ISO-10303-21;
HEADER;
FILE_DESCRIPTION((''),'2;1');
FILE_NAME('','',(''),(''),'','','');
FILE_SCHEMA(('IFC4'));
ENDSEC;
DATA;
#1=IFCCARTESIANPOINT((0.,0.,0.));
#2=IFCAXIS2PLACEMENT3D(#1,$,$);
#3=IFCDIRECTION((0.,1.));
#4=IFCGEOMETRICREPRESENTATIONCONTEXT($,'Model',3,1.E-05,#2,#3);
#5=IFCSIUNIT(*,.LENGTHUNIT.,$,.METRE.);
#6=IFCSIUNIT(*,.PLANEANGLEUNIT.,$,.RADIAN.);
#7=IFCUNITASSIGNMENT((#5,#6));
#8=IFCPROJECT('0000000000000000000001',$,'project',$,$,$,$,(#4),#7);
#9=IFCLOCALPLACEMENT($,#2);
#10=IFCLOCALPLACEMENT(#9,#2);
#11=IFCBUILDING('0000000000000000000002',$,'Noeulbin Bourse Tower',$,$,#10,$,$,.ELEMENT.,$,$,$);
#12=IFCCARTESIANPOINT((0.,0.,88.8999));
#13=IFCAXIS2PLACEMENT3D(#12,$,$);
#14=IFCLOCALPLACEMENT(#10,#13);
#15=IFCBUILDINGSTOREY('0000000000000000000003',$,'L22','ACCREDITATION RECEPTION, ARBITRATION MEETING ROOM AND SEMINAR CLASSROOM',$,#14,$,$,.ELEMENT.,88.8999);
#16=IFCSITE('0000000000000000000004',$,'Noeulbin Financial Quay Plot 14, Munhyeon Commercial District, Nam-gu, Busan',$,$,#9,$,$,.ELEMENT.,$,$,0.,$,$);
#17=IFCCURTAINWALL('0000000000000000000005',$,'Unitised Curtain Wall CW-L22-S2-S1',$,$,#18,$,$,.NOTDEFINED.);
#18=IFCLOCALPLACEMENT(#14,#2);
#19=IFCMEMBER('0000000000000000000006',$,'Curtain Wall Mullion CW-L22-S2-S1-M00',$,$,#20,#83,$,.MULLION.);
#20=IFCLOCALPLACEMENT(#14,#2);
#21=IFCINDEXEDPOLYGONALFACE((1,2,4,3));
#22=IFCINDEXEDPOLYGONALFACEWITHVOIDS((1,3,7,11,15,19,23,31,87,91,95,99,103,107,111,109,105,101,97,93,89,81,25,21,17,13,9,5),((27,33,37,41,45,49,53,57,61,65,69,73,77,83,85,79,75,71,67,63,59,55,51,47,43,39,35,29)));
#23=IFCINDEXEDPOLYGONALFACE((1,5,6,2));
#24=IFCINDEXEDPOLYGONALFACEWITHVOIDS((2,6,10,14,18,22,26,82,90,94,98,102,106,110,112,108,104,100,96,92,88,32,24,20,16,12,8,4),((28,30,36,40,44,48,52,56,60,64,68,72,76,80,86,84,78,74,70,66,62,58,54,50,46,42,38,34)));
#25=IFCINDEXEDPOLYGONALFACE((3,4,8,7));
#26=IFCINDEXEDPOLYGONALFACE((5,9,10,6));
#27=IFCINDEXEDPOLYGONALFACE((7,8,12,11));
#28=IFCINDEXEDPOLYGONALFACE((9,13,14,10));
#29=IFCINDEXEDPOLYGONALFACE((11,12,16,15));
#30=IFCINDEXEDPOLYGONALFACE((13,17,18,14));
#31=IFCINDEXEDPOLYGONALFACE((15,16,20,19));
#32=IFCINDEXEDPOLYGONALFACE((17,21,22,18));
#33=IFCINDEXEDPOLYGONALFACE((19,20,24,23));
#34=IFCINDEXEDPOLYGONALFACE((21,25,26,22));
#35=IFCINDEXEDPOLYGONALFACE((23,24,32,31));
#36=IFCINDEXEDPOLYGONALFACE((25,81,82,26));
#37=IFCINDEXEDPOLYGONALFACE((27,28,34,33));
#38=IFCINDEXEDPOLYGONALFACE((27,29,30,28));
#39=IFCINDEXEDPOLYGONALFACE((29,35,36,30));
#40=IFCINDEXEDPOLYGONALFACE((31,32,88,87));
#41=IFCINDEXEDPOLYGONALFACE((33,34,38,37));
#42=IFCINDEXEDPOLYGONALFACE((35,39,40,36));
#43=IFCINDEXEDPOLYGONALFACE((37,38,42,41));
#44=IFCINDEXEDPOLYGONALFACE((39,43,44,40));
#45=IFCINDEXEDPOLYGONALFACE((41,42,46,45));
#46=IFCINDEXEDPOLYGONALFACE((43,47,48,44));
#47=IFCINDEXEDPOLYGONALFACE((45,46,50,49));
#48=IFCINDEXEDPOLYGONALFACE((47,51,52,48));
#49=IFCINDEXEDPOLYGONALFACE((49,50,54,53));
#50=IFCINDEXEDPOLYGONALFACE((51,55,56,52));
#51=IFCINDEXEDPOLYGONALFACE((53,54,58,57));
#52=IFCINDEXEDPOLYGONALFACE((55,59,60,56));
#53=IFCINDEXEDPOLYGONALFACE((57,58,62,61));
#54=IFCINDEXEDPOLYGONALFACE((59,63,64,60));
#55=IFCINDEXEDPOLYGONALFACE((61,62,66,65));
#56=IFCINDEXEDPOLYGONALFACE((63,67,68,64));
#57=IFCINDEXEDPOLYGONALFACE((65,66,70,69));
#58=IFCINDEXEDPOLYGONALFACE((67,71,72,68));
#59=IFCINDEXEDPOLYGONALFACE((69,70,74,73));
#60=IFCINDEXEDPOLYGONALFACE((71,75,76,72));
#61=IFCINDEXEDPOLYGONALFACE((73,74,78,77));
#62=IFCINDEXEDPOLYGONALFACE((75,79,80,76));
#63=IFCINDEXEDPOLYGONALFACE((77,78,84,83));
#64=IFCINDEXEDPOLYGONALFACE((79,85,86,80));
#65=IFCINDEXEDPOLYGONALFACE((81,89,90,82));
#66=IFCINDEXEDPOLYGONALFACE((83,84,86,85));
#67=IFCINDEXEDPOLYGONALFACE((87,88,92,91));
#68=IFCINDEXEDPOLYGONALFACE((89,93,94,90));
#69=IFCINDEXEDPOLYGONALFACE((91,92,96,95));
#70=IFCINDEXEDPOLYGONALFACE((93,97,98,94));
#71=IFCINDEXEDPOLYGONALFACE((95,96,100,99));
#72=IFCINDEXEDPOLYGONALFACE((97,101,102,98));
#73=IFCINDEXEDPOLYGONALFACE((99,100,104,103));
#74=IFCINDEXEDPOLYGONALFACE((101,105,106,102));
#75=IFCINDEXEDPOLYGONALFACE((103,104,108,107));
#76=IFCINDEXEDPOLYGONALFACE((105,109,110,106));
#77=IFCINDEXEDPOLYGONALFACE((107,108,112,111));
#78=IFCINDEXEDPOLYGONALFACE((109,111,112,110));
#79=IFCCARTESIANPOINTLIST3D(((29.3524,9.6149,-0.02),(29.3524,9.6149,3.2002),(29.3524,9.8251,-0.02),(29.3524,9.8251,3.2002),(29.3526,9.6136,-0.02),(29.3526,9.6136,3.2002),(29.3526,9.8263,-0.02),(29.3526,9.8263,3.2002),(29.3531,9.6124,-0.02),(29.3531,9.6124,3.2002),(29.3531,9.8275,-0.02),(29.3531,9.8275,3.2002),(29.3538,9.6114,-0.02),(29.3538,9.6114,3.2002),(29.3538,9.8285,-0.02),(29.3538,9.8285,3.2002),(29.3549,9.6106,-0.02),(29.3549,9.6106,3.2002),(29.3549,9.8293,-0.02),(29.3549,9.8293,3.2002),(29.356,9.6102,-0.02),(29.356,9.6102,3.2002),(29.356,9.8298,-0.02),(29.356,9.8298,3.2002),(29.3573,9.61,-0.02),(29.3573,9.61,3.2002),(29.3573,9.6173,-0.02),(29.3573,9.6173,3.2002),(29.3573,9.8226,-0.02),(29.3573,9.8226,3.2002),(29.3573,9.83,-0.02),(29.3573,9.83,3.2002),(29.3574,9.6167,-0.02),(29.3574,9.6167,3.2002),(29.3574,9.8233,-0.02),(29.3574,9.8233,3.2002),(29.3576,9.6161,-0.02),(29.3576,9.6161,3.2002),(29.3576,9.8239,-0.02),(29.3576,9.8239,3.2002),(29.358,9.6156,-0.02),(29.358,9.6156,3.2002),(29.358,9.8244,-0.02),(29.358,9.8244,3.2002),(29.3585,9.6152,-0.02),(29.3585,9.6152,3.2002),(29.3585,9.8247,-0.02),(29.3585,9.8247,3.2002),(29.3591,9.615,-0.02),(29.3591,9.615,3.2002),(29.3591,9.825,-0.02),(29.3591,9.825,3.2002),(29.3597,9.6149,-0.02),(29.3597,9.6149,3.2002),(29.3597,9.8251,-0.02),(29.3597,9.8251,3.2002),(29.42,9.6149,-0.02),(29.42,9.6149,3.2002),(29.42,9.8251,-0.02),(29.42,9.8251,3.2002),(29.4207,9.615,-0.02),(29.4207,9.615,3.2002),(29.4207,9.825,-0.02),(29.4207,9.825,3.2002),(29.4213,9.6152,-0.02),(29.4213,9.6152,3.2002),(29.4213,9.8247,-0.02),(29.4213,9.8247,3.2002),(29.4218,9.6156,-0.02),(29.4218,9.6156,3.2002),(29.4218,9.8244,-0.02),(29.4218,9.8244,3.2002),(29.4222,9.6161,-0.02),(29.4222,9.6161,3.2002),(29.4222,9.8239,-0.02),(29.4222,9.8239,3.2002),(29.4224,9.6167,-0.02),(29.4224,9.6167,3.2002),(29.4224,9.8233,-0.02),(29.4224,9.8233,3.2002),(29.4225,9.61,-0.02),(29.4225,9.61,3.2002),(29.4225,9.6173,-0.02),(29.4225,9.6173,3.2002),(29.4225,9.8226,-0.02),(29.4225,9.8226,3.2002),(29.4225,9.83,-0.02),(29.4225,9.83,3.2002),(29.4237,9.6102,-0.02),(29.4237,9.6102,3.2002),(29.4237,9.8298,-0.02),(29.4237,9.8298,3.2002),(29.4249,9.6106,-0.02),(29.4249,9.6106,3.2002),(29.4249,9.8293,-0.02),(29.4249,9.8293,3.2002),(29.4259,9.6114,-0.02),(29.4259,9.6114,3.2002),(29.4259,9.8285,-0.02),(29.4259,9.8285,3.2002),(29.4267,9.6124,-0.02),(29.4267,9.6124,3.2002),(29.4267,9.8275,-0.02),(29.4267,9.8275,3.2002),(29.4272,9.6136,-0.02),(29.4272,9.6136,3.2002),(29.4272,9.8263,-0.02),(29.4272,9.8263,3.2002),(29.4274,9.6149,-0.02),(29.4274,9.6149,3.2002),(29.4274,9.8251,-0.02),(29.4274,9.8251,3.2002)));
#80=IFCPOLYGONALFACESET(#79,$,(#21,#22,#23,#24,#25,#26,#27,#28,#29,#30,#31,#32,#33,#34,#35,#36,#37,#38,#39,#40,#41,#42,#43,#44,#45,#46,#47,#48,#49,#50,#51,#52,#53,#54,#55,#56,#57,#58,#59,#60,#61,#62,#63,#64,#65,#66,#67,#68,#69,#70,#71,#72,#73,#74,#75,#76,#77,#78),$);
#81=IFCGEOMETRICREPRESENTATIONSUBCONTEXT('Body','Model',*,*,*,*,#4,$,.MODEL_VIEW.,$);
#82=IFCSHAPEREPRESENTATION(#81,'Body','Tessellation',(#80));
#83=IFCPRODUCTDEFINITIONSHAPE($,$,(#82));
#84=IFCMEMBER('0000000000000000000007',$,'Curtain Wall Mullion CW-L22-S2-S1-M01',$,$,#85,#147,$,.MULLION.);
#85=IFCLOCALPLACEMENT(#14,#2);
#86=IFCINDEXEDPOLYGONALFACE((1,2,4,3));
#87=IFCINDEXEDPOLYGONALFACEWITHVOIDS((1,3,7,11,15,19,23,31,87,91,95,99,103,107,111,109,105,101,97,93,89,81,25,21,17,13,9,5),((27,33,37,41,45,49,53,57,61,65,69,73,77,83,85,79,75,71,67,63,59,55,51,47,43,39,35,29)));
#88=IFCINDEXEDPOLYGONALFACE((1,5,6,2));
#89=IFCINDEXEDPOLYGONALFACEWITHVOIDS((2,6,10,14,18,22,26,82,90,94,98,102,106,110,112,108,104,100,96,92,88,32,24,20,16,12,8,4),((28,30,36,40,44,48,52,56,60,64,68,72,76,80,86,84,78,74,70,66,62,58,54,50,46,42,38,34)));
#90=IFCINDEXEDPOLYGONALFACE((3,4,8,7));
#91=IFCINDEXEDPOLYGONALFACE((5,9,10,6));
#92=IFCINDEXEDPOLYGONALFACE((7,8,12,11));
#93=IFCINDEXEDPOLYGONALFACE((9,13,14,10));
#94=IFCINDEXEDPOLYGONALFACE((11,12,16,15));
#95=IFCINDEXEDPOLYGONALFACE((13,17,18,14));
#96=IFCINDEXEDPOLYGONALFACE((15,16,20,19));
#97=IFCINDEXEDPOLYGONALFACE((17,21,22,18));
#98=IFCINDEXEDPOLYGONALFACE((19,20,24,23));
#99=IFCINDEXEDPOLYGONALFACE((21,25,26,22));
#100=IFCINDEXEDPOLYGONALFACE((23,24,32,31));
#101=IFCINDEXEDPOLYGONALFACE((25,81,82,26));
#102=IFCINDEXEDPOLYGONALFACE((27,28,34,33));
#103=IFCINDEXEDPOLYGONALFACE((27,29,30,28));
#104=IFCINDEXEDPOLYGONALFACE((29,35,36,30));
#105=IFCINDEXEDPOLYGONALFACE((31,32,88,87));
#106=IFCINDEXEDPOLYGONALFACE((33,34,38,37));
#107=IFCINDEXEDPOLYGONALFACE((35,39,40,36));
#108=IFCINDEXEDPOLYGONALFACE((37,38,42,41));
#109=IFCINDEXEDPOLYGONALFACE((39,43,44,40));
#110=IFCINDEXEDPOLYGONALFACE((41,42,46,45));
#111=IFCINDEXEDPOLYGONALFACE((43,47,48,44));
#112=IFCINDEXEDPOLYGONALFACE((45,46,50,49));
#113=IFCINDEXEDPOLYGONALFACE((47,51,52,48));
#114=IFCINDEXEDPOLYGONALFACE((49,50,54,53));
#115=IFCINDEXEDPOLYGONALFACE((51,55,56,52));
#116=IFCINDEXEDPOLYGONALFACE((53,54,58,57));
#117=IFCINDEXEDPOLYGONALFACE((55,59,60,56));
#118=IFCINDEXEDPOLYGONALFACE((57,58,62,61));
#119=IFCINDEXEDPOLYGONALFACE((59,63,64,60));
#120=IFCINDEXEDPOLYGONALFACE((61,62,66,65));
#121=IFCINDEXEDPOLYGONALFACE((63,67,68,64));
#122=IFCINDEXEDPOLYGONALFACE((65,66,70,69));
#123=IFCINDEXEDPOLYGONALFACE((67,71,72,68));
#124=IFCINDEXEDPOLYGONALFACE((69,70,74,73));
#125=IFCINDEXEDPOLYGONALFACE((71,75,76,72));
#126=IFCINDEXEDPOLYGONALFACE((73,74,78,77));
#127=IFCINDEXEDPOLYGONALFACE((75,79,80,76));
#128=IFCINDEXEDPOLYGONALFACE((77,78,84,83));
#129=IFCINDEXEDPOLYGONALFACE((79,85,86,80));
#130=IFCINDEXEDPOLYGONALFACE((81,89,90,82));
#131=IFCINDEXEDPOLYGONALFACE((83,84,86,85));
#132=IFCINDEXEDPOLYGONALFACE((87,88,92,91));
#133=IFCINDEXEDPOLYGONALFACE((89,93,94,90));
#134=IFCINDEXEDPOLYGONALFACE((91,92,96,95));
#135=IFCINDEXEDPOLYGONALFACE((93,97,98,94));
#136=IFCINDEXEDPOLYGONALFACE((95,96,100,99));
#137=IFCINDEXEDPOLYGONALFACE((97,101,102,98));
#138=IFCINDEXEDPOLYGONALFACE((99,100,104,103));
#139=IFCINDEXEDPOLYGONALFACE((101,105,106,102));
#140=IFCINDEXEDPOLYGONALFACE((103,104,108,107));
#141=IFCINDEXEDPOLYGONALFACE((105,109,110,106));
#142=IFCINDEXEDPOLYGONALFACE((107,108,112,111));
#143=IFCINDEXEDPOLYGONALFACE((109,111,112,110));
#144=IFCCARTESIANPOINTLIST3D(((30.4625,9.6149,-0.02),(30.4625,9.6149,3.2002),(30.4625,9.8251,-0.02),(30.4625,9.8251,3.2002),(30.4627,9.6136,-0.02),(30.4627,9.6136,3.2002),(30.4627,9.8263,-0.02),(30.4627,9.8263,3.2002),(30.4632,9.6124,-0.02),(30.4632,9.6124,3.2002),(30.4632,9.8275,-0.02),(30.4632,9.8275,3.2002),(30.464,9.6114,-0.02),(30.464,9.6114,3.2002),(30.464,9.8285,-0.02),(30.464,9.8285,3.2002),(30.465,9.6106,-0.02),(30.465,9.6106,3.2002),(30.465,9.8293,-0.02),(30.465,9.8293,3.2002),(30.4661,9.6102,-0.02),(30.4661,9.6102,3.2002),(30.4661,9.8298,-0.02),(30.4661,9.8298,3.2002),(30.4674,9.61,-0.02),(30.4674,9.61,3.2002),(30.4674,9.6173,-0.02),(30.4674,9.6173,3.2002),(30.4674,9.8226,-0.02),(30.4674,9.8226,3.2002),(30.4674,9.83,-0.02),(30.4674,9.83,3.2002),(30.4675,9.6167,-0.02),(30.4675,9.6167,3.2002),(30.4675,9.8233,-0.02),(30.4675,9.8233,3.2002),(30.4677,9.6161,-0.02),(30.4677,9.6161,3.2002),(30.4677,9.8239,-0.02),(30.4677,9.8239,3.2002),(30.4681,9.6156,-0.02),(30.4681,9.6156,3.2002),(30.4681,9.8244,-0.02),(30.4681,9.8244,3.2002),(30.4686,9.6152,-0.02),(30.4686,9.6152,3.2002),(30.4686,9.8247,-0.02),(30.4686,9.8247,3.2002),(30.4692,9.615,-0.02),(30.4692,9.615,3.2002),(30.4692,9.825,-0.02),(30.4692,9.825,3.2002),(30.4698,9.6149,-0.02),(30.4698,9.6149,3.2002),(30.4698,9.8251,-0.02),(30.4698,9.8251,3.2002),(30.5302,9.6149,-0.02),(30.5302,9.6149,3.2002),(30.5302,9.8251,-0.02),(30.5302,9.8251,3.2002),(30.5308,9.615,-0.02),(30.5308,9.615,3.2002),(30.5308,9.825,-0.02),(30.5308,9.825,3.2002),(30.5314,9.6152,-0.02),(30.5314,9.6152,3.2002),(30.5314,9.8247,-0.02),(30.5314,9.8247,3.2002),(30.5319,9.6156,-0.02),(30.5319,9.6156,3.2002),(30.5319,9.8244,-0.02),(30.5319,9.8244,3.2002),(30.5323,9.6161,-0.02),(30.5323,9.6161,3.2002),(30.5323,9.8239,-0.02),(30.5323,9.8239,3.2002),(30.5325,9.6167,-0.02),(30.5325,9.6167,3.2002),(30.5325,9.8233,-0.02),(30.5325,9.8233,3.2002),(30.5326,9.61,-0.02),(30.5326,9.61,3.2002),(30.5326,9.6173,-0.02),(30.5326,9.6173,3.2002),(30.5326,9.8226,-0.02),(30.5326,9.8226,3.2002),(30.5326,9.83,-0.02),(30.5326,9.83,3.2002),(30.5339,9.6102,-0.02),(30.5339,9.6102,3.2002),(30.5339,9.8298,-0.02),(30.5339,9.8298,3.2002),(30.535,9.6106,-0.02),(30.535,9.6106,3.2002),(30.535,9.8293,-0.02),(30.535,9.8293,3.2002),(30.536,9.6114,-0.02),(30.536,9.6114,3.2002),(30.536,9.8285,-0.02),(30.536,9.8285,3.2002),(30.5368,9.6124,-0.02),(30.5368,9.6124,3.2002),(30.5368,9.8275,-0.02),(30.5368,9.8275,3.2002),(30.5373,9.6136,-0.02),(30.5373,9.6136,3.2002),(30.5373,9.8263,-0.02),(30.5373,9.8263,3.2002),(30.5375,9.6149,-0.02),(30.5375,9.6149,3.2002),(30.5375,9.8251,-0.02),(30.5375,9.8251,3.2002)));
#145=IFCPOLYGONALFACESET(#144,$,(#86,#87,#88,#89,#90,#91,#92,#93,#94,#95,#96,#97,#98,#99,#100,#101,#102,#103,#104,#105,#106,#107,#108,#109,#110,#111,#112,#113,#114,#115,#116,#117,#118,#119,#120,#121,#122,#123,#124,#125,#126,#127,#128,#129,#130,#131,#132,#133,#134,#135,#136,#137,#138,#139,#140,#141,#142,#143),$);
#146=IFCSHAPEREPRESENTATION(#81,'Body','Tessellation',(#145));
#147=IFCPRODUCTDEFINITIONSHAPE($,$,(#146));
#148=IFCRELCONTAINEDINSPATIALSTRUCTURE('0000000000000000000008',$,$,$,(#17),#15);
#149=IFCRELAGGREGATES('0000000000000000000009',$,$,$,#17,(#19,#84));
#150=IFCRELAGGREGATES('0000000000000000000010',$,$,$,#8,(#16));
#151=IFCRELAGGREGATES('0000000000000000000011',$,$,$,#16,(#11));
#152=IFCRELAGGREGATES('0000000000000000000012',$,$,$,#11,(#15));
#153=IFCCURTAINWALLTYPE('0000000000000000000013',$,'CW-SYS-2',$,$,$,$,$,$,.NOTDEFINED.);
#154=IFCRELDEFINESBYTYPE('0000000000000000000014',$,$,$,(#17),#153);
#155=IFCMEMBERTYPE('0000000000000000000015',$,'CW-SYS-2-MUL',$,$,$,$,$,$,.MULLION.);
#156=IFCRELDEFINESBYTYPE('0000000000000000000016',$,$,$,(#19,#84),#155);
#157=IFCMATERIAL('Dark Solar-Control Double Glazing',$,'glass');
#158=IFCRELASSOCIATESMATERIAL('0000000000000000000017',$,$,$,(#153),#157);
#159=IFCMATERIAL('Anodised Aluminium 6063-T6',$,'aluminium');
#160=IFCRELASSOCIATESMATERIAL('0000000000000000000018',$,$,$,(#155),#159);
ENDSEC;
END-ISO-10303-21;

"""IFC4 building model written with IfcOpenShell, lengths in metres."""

from ifc_helpers import new_model, si_unit, direction, frame, origin, origin_2d, place, context, subcontext, project, spatial, hollow_rectangle, extrude, material, material_profile, profile_set, type_object, element, aggregate, save


model = new_model("IFC4")

# Units and contexts
model_context = context("Model", 3, precision=1e-05, world=origin(), true_north=direction((0.0, 1.0)))
body_context = subcontext(model_context, "Body", "Model", "MODEL_VIEW")
ifc_project = project(units=[si_unit("LENGTHUNIT", "METRE"), si_unit("PLANEANGLEUNIT", "RADIAN")], contexts=[model_context])

# Site, building, storey
site_placement = place(None, origin())
site = spatial("IfcSite", under=ifc_project, at=site_placement, Name="Noeulbin Financial Quay Plot 14, Munhyeon Commercial District, Nam-gu, Busan", CompositionType="ELEMENT", RefElevation=0.0)
building_placement = place(site_placement, origin())
building = spatial("IfcBuilding", under=site, at=building_placement, Name="Noeulbin Bourse Tower", CompositionType="ELEMENT")
storey_placement = place(building_placement, frame((0.0, 0.0, 88.8999)))
storey = spatial("IfcBuildingStorey", under=building, at=storey_placement, Name="L22", Description="ACCREDITATION RECEPTION, ARBITRATION MEETING ROOM AND SEMINAR CLASSROOM", CompositionType="ELEMENT", Elevation=88.8999)

# Curtain wall, members
ifc_material_1 = material(Name="Dark Solar-Control Double Glazing", Category="glass")
curtain_wall_type = type_object("IfcCurtainWallType", Name="CW-SYS-2", PredefinedType="NOTDEFINED", material=ifc_material_1)
curtain_wall_1_placement = place(storey_placement, origin())
curtain_wall_1 = element("IfcCurtainWall", 1, at=curtain_wall_1_placement, inside=storey, type_object=curtain_wall_type, Name="Unitised Curtain Wall CW-L22-S2-S1", PredefinedType="NOTDEFINED")
ifc_material_2 = material(Name="Anodised Aluminium 6063-T6", Category="aluminium")
ifc_material_profile_1 = material_profile(ifc_material_2, hollow_rectangle(XDim=0.075, YDim=0.22, WallThickness=0.0049, InnerFilletRadius=0.0024, OuterFilletRadius=0.0049, at=origin_2d()), Name="ALU-MULL-75x220x5", Category="LoadBearing")
ifc_profile_set_1 = profile_set([ifc_material_profile_1], Name="Anodised Aluminium 6063-T6")
member_type_1 = type_object("IfcMemberType", Name="CW-SYS-2-MUL", PredefinedType="MULLION", material=ifc_profile_set_1)
member_1_placement = place(storey_placement, frame((29.3899, 9.72, -0.02), z_axis=(0.0, 0.0, 1.0), x_axis=(1.0, 0.0, 0.0)))
member_1 = element("IfcMember", 2, at=member_1_placement, type_object=member_type_1, Name="Curtain Wall Mullion CW-L22-S2-S1-M00", PredefinedType="MULLION", context=body_context, shape_type="SweptSolid", body=[
    extrude(hollow_rectangle(XDim=0.075, YDim=0.22, WallThickness=0.0049, InnerFilletRadius=0.0024, OuterFilletRadius=0.0049, at=origin_2d()), origin(), (0.0, 0.0, 1.0), 3.2202),
])
member_2_placement = place(storey_placement, frame((30.5, 9.72, -0.02), z_axis=(0.0, 0.0, 1.0), x_axis=(1.0, 0.0, 0.0)))
member_2 = element("IfcMember", 3, at=member_2_placement, type_object=member_type_1, Name="Curtain Wall Mullion CW-L22-S2-S1-M01", PredefinedType="MULLION", context=body_context, shape_type="SweptSolid", body=[
    extrude(hollow_rectangle(XDim=0.075, YDim=0.22, WallThickness=0.0049, InnerFilletRadius=0.0024, OuterFilletRadius=0.0049, at=origin_2d()), origin(), (0.0, 0.0, 1.0), 3.2202),
])

aggregate(curtain_wall_1, [member_1, member_2])

save(model, "model.ifc")
